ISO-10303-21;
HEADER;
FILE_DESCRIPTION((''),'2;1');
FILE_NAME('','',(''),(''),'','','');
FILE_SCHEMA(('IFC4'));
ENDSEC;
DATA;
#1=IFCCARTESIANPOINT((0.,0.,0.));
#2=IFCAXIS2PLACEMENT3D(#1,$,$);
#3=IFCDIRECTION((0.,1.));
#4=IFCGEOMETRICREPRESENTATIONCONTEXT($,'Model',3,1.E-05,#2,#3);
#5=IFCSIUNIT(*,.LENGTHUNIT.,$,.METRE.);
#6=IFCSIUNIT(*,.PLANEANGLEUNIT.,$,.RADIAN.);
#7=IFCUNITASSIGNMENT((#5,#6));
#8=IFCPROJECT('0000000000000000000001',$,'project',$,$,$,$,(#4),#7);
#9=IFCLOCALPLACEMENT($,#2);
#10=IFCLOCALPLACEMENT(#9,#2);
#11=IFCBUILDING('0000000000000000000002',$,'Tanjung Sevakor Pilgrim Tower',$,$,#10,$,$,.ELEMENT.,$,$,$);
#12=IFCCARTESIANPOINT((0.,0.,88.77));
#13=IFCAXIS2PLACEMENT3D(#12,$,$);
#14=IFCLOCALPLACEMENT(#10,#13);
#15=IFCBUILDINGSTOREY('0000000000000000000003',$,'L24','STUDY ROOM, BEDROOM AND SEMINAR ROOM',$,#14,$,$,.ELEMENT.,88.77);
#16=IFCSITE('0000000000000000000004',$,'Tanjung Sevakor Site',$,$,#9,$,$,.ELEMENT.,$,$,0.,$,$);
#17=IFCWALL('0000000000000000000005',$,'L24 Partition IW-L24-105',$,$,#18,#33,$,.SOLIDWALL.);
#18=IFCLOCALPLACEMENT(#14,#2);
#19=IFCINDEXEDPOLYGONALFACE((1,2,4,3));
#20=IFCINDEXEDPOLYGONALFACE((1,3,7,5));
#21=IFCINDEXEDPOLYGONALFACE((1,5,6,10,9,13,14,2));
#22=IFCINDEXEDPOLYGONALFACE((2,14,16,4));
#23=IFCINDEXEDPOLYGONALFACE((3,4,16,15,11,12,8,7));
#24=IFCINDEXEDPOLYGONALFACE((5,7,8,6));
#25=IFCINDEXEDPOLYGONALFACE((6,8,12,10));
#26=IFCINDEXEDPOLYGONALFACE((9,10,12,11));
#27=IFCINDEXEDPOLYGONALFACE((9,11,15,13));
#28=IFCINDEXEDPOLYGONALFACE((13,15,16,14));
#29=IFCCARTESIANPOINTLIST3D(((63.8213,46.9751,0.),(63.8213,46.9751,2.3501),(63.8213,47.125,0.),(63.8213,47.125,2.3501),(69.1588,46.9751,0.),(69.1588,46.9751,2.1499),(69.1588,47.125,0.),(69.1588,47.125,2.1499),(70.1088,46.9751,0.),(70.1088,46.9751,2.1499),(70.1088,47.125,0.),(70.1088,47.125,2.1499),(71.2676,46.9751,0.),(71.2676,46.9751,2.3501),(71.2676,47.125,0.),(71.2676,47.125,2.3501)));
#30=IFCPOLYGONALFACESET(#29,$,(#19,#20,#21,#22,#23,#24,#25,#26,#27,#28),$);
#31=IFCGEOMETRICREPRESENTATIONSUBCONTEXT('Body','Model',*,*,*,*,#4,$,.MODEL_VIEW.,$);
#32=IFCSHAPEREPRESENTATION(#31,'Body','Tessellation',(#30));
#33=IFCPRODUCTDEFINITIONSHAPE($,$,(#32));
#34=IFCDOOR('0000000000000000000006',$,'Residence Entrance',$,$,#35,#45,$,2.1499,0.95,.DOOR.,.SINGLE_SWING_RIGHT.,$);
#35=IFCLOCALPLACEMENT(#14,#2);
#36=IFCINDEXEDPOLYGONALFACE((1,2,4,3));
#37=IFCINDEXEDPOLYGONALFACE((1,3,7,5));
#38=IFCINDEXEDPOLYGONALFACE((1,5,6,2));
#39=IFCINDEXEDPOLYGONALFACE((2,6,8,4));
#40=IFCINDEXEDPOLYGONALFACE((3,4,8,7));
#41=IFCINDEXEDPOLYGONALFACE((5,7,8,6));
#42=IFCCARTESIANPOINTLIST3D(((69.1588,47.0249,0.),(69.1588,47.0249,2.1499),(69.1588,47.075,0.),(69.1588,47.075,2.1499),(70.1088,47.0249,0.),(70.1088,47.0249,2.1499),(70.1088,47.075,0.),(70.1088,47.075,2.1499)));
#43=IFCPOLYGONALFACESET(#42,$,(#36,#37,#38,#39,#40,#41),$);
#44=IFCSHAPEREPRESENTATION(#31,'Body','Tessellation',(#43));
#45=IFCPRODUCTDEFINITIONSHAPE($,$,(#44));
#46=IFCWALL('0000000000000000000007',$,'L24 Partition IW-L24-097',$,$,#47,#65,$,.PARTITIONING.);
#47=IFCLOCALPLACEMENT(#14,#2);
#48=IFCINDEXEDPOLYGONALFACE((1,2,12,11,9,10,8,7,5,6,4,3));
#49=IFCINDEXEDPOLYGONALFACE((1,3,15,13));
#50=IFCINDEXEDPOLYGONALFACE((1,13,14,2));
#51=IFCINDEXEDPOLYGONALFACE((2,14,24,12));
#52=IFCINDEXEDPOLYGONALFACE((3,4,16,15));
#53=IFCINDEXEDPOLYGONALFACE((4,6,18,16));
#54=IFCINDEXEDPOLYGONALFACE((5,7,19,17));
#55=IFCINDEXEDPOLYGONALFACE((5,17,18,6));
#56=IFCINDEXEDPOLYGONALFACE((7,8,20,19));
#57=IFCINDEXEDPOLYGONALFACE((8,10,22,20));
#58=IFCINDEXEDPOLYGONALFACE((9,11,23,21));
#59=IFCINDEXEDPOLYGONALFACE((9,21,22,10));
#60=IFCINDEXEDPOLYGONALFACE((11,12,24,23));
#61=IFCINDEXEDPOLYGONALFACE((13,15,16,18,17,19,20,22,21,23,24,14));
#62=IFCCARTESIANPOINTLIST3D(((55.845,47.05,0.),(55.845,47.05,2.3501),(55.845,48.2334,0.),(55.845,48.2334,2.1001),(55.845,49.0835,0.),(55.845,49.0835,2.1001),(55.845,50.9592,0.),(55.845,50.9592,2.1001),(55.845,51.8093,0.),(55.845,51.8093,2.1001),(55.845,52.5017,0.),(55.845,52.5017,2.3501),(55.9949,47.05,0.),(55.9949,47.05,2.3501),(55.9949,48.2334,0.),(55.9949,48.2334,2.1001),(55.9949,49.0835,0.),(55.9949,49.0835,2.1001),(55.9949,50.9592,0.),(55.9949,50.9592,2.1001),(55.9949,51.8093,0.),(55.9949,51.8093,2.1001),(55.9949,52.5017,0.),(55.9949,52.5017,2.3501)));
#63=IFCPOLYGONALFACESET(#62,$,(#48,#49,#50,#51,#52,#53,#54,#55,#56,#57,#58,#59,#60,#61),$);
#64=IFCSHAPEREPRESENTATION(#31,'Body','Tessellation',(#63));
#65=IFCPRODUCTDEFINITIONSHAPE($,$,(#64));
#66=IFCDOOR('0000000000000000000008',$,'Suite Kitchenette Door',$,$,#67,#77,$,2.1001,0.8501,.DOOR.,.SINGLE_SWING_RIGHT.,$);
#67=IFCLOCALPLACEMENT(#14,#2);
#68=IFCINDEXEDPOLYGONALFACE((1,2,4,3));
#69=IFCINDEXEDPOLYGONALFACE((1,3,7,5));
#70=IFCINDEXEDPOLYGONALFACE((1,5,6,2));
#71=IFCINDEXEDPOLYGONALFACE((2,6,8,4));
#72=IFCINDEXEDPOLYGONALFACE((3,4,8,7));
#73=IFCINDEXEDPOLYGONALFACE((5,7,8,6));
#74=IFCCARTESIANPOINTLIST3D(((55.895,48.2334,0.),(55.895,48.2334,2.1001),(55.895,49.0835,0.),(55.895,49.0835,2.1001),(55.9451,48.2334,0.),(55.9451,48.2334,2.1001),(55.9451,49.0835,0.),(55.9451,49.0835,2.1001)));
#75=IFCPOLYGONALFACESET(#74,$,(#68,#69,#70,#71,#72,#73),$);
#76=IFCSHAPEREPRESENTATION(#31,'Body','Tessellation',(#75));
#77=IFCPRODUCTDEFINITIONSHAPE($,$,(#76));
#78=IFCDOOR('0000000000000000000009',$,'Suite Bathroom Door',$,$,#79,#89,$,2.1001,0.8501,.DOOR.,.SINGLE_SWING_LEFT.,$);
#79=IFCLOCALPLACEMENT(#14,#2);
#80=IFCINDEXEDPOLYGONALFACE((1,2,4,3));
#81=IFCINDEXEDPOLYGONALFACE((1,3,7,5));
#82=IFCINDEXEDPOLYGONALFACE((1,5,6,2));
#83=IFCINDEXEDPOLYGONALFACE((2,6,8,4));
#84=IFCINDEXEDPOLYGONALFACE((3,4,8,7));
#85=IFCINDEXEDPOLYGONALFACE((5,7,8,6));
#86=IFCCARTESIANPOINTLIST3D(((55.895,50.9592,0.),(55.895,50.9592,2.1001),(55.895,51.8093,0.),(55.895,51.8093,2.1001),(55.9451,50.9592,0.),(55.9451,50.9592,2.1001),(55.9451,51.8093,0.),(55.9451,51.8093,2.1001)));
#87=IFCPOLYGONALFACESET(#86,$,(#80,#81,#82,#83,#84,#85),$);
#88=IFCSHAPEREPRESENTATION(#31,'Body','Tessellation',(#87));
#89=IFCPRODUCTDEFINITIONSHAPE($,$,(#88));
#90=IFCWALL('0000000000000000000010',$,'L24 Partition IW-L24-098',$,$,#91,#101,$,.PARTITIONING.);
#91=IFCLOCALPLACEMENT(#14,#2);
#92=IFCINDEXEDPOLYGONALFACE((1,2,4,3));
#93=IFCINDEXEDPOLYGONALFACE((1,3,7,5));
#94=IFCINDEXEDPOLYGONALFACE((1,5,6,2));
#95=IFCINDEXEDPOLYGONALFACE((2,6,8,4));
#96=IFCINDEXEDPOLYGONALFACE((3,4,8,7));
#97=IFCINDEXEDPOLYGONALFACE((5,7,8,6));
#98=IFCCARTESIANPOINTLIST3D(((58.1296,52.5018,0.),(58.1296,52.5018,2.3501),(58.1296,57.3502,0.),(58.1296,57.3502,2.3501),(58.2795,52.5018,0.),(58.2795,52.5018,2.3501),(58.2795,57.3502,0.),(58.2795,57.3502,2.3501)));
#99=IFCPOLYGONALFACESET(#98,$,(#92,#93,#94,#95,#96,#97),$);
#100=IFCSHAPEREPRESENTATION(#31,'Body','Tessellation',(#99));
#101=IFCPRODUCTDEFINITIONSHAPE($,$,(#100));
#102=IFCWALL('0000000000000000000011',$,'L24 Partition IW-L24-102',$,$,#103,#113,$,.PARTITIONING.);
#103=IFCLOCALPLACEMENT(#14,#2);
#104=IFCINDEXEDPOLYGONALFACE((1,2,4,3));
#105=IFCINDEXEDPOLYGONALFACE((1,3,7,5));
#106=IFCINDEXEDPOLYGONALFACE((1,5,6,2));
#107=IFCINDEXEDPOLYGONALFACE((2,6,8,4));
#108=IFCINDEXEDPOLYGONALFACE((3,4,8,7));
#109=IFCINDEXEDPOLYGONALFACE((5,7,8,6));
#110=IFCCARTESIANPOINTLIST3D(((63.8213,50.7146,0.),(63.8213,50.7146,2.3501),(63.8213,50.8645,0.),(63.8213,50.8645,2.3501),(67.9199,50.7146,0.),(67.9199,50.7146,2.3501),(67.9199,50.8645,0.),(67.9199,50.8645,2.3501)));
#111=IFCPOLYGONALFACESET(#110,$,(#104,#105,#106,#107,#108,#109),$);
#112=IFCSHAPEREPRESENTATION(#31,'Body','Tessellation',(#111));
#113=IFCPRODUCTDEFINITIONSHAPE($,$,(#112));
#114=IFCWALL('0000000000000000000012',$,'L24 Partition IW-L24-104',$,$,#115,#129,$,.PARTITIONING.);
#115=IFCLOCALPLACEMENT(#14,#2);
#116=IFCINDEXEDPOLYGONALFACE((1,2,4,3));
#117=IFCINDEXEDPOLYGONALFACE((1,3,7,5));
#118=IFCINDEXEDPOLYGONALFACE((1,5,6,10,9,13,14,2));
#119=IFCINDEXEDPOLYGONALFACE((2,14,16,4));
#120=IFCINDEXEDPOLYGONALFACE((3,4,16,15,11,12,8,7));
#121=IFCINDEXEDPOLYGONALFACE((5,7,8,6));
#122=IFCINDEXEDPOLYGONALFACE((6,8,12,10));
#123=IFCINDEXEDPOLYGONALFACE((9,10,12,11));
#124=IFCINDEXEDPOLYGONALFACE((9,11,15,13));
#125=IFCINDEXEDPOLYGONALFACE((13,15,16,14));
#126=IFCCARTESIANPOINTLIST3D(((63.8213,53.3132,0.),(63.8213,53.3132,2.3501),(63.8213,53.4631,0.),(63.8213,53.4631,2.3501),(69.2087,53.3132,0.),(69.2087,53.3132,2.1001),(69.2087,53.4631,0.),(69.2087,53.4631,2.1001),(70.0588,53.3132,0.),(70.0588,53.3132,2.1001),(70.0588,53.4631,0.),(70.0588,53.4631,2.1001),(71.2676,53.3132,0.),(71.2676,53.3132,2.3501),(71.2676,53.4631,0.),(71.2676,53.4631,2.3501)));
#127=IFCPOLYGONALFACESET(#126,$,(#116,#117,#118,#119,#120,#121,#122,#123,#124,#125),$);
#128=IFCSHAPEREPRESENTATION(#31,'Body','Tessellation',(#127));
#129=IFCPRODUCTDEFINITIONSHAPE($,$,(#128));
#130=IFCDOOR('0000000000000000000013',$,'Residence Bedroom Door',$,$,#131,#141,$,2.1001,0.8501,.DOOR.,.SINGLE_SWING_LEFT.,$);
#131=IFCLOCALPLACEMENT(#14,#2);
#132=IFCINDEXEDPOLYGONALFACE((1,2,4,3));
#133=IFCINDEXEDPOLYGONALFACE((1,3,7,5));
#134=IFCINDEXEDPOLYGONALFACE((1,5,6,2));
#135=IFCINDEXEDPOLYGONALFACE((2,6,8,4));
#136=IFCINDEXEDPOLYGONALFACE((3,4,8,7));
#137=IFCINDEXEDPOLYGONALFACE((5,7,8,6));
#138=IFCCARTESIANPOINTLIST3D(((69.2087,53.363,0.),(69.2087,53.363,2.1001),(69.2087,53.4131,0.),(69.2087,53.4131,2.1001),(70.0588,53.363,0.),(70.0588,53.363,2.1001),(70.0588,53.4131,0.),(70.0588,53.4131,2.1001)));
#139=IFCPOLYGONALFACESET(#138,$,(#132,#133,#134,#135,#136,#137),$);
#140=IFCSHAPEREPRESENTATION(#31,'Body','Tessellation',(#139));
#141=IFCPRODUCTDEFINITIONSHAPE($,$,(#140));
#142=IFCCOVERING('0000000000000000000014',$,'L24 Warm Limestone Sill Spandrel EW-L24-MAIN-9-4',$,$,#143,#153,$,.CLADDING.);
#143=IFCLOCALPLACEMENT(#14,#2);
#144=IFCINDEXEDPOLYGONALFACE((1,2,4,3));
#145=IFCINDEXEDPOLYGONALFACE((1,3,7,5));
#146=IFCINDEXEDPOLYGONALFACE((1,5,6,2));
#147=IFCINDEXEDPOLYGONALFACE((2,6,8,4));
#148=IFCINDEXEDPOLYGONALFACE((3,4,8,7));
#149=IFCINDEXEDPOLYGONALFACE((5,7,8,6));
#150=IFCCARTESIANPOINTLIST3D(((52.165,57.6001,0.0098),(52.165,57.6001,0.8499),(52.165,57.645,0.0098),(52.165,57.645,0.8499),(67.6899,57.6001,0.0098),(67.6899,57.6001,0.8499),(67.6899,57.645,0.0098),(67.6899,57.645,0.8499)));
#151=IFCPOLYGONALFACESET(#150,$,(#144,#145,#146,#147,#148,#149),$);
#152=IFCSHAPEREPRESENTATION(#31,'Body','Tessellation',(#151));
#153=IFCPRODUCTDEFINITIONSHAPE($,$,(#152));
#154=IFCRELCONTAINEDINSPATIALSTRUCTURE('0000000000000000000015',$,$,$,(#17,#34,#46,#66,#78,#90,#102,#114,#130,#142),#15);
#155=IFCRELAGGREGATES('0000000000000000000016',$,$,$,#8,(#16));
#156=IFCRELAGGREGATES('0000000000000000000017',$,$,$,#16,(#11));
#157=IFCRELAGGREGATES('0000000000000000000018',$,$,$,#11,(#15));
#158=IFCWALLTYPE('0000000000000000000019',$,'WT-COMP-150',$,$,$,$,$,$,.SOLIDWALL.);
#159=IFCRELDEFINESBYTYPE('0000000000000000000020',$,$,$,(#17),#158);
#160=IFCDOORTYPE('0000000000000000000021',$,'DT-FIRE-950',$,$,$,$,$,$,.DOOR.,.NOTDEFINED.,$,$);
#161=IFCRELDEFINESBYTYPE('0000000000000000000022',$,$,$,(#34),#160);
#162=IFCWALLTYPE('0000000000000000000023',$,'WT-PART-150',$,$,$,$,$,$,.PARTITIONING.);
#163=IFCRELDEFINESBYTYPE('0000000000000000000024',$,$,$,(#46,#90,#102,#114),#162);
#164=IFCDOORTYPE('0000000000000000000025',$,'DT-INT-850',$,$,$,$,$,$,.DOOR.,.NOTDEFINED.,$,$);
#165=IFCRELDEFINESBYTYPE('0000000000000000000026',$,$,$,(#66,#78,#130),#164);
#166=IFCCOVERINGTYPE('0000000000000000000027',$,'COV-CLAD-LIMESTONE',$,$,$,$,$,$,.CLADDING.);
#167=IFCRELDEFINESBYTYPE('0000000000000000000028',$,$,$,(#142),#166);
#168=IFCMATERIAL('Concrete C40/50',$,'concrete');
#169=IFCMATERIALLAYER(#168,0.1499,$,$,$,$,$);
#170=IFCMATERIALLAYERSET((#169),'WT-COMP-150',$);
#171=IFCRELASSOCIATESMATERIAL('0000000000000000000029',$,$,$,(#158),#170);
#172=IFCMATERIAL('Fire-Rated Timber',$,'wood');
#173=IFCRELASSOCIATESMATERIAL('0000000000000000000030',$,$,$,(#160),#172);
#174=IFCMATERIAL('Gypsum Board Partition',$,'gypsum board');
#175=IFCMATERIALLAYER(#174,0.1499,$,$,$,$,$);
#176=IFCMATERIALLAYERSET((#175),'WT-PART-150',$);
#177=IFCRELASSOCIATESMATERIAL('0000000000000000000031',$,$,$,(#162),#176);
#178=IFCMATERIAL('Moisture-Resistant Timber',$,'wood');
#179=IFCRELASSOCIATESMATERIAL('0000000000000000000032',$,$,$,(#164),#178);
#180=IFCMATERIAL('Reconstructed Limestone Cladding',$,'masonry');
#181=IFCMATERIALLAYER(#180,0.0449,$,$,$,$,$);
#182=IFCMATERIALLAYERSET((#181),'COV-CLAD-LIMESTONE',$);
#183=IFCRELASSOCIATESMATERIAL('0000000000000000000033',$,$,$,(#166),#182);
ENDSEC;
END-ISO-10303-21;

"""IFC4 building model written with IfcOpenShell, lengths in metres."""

from ifc_helpers import new_model, si_unit, direction, frame, frame_2d, origin, origin_2d, place, context, subcontext, project, spatial, rectangle, extrude, material, layer, layer_set, type_object, element, fill, save


model = new_model("IFC4")

# Units and contexts
model_context = context("Model", 3, precision=1e-05, world=origin(), true_north=direction((0.0, 1.0)))
body_context = subcontext(model_context, "Body", "Model", "MODEL_VIEW")
ifc_project = project(units=[si_unit("LENGTHUNIT", "METRE"), si_unit("PLANEANGLEUNIT", "RADIAN")], contexts=[model_context])

# Site, building, storey
site_placement = place(None, origin())
site = spatial("IfcSite", under=ifc_project, at=site_placement, Name="Tanjung Sevakor Site", CompositionType="ELEMENT", RefElevation=0.0)
building_placement = place(site_placement, origin())
building = spatial("IfcBuilding", under=site, at=building_placement, Name="Tanjung Sevakor Pilgrim Tower", CompositionType="ELEMENT")
storey_placement = place(building_placement, frame((0.0, 0.0, 88.77)))
storey = spatial("IfcBuildingStorey", under=building, at=storey_placement, Name="L24", Description="STUDY ROOM, BEDROOM AND SEMINAR ROOM", CompositionType="ELEMENT", Elevation=88.77)

# Shared definitions
ifc_material_1 = material(Name="Concrete C40/50", Category="concrete")
ifc_layer_1 = layer(ifc_material_1, 0.1499)
ifc_layer_set_1 = layer_set([ifc_layer_1], Name="WT-COMP-150")
wall_type_1 = type_object("IfcWallType", Name="WT-COMP-150", PredefinedType="SOLIDWALL", material=ifc_layer_set_1)

# Wall, opening, door
wall_1_placement = place(storey_placement, frame((63.8213, 47.05, 0.0), z_axis=(0.0, 0.0, 1.0), x_axis=(1.0, 0.0, 0.0)))
wall_1 = element("IfcWall", 1, at=wall_1_placement, inside=storey, type_object=wall_type_1, Name="L24 Partition IW-L24-105", PredefinedType="SOLIDWALL", context=body_context, shape_type="SweptSolid", body=[
    extrude(rectangle(XDim=7.4463, YDim=0.1499, at=frame_2d((3.7231, 0.0))), origin(), (0.0, 0.0, 1.0), 2.3501),
])
opening_1_placement = place(wall_1_placement, frame((5.3374, 0.0, 0.0)))
opening_1 = element("IfcOpeningElement", 2, at=opening_1_placement, cuts=wall_1, PredefinedType="OPENING", context=body_context, shape_type="SweptSolid", body=[
    extrude(rectangle(XDim=0.95, YDim=2.1499, at=frame_2d((0.4751, 1.075))), frame((0.0, 0.085, 0.0), z_axis=(0.0, -1.0, 0.0), x_axis=(1.0, 0.0, 0.0)), (0.0, 0.0, 1.0), 0.1699),
])
ifc_material_2 = material(Name="Fire-Rated Timber", Category="wood")
door_type_1 = type_object("IfcDoorType", Name="DT-FIRE-950", OperationType="NOTDEFINED", PredefinedType="DOOR", material=ifc_material_2)
door_1_placement = place(opening_1_placement, origin())
door_1 = element("IfcDoor", 3, at=door_1_placement, inside=storey, type_object=door_type_1, Name="Residence Entrance", OperationType="SINGLE_SWING_RIGHT", OverallHeight=2.1499, OverallWidth=0.95, PredefinedType="DOOR", context=body_context, shape_type="SweptSolid", body=[
    extrude(rectangle(XDim=0.95, YDim=2.1499, at=frame_2d((0.4751, 1.075))), frame((0.0, 0.0249, 0.0), z_axis=(0.0, -1.0, 0.0), x_axis=(1.0, 0.0, 0.0)), (0.0, 0.0, 1.0), 0.05),
])
fill(opening_1, door_1)

# Wall, openings, doors
ifc_material_3 = material(Name="Gypsum Board Partition", Category="gypsum board")
ifc_layer_2 = layer(ifc_material_3, 0.1499)
ifc_layer_set_2 = layer_set([ifc_layer_2], Name="WT-PART-150")
wall_type_2 = type_object("IfcWallType", Name="WT-PART-150", PredefinedType="PARTITIONING", material=ifc_layer_set_2)
wall_2_placement = place(storey_placement, frame((55.9199, 47.05, 0.0), z_axis=(0.0, 0.0, 1.0), x_axis=(0.0, 1.0, 0.0)))
wall_2 = element("IfcWall", 4, at=wall_2_placement, inside=storey, type_object=wall_type_2, Name="L24 Partition IW-L24-097", PredefinedType="PARTITIONING", context=body_context, shape_type="SweptSolid", body=[
    extrude(rectangle(XDim=5.4517, YDim=0.1499, at=frame_2d((2.7258, 0.0))), origin(), (0.0, 0.0, 1.0), 2.3501),
])
opening_2_placement = place(wall_2_placement, frame((1.1833, 0.0, 0.0)))
opening_2 = element("IfcOpeningElement", 5, at=opening_2_placement, cuts=wall_2, PredefinedType="OPENING", context=body_context, shape_type="SweptSolid", body=[
    extrude(rectangle(XDim=0.8501, YDim=2.1001, at=frame_2d((0.425, 1.05))), frame((0.0, 0.085, 0.0), z_axis=(0.0, -1.0, 0.0), x_axis=(1.0, 0.0, 0.0)), (0.0, 0.0, 1.0), 0.1699),
])
opening_3_placement = place(wall_2_placement, frame((3.9092, 0.0, 0.0)))
opening_3 = element("IfcOpeningElement", 6, at=opening_3_placement, cuts=wall_2, PredefinedType="OPENING", context=body_context, shape_type="SweptSolid", body=[
    extrude(rectangle(XDim=0.8501, YDim=2.1001, at=frame_2d((0.425, 1.05))), frame((0.0, 0.085, 0.0), z_axis=(0.0, -1.0, 0.0), x_axis=(1.0, 0.0, 0.0)), (0.0, 0.0, 1.0), 0.1699),
])
ifc_material_4 = material(Name="Moisture-Resistant Timber", Category="wood")
door_type_2 = type_object("IfcDoorType", Name="DT-INT-850", OperationType="NOTDEFINED", PredefinedType="DOOR", material=ifc_material_4)
door_2_placement = place(opening_2_placement, origin())
door_2 = element("IfcDoor", 7, at=door_2_placement, inside=storey, type_object=door_type_2, Name="Suite Kitchenette Door", OperationType="SINGLE_SWING_RIGHT", OverallHeight=2.1001, OverallWidth=0.8501, PredefinedType="DOOR", context=body_context, shape_type="SweptSolid", body=[
    extrude(rectangle(XDim=0.8501, YDim=2.1001, at=frame_2d((0.425, 1.05))), frame((0.0, 0.0249, 0.0), z_axis=(0.0, -1.0, 0.0), x_axis=(1.0, 0.0, 0.0)), (0.0, 0.0, 1.0), 0.05),
])
fill(opening_2, door_2)
door_3_placement = place(opening_3_placement, origin())
door_3 = element("IfcDoor", 8, at=door_3_placement, inside=storey, type_object=door_type_2, Name="Suite Bathroom Door", OperationType="SINGLE_SWING_LEFT", OverallHeight=2.1001, OverallWidth=0.8501, PredefinedType="DOOR", context=body_context, shape_type="SweptSolid", body=[
    extrude(rectangle(XDim=0.8501, YDim=2.1001, at=frame_2d((0.425, 1.05))), frame((0.0, 0.0249, 0.0), z_axis=(0.0, -1.0, 0.0), x_axis=(1.0, 0.0, 0.0)), (0.0, 0.0, 1.0), 0.05),
])
fill(opening_3, door_3)

# Walls
wall_3_placement = place(storey_placement, frame((58.2046, 52.5017, 0.0), z_axis=(0.0, 0.0, 1.0), x_axis=(0.0, 1.0, 0.0)))
element("IfcWall", 9, at=wall_3_placement, inside=storey, type_object=wall_type_2, Name="L24 Partition IW-L24-098", PredefinedType="PARTITIONING", context=body_context, shape_type="SweptSolid", body=[
    extrude(rectangle(XDim=4.8484, YDim=0.1499, at=frame_2d((2.4243, 0.0))), origin(), (0.0, 0.0, 1.0), 2.3501),
])
wall_4_placement = place(storey_placement, frame((63.8213, 50.7896, 0.0), z_axis=(0.0, 0.0, 1.0), x_axis=(1.0, 0.0, 0.0)))
element("IfcWall", 10, at=wall_4_placement, inside=storey, type_object=wall_type_2, Name="L24 Partition IW-L24-102", PredefinedType="PARTITIONING", context=body_context, shape_type="SweptSolid", body=[
    extrude(rectangle(XDim=4.0986, YDim=0.1499, at=frame_2d((2.0493, 0.0))), origin(), (0.0, 0.0, 1.0), 2.3501),
])

# Wall, opening, door
wall_5_placement = place(storey_placement, frame((63.8213, 53.3882, 0.0), z_axis=(0.0, 0.0, 1.0), x_axis=(1.0, 0.0, 0.0)))
wall_5 = element("IfcWall", 11, at=wall_5_placement, inside=storey, type_object=wall_type_2, Name="L24 Partition IW-L24-104", PredefinedType="PARTITIONING", context=body_context, shape_type="SweptSolid", body=[
    extrude(rectangle(XDim=7.4463, YDim=0.1499, at=frame_2d((3.7231, 0.0))), origin(), (0.0, 0.0, 1.0), 2.3501),
])
opening_4_placement = place(wall_5_placement, frame((5.3875, 0.0, 0.0)))
opening_4 = element("IfcOpeningElement", 12, at=opening_4_placement, cuts=wall_5, PredefinedType="OPENING", context=body_context, shape_type="SweptSolid", body=[
    extrude(rectangle(XDim=0.8501, YDim=2.1001, at=frame_2d((0.425, 1.05))), frame((0.0, 0.085, 0.0), z_axis=(0.0, -1.0, 0.0), x_axis=(1.0, 0.0, 0.0)), (0.0, 0.0, 1.0), 0.1699),
])
door_4_placement = place(opening_4_placement, origin())
door_4 = element("IfcDoor", 13, at=door_4_placement, inside=storey, type_object=door_type_2, Name="Residence Bedroom Door", OperationType="SINGLE_SWING_LEFT", OverallHeight=2.1001, OverallWidth=0.8501, PredefinedType="DOOR", context=body_context, shape_type="SweptSolid", body=[
    extrude(rectangle(XDim=0.8501, YDim=2.1001, at=frame_2d((0.425, 1.05))), frame((0.0, 0.0249, 0.0), z_axis=(0.0, -1.0, 0.0), x_axis=(1.0, 0.0, 0.0)), (0.0, 0.0, 1.0), 0.05),
])
fill(opening_4, door_4)

# Covering
ifc_material_5 = material(Name="Reconstructed Limestone Cladding", Category="masonry")
ifc_layer_3 = layer(ifc_material_5, 0.0449)
ifc_layer_set_3 = layer_set([ifc_layer_3], Name="COV-CLAD-LIMESTONE")
covering_type = type_object("IfcCoveringType", Name="COV-CLAD-LIMESTONE", PredefinedType="CLADDING", material=ifc_layer_set_3)
covering_placement = place(storey_placement, frame((59.9275, 57.6226, 0.0098), z_axis=(0.0, 0.0, 1.0), x_axis=(-1.0, 0.0, 0.0)))
element("IfcCovering", 14, at=covering_placement, inside=storey, type_object=covering_type, Name="L24 Warm Limestone Sill Spandrel EW-L24-MAIN-9-4", PredefinedType="CLADDING", context=body_context, shape_type="SweptSolid", body=[
    extrude(rectangle(XDim=15.5249, YDim=0.0449, at=origin_2d()), origin(), (0.0, 0.0, 1.0), 0.8401),
])

save(model, "model.ifc")
